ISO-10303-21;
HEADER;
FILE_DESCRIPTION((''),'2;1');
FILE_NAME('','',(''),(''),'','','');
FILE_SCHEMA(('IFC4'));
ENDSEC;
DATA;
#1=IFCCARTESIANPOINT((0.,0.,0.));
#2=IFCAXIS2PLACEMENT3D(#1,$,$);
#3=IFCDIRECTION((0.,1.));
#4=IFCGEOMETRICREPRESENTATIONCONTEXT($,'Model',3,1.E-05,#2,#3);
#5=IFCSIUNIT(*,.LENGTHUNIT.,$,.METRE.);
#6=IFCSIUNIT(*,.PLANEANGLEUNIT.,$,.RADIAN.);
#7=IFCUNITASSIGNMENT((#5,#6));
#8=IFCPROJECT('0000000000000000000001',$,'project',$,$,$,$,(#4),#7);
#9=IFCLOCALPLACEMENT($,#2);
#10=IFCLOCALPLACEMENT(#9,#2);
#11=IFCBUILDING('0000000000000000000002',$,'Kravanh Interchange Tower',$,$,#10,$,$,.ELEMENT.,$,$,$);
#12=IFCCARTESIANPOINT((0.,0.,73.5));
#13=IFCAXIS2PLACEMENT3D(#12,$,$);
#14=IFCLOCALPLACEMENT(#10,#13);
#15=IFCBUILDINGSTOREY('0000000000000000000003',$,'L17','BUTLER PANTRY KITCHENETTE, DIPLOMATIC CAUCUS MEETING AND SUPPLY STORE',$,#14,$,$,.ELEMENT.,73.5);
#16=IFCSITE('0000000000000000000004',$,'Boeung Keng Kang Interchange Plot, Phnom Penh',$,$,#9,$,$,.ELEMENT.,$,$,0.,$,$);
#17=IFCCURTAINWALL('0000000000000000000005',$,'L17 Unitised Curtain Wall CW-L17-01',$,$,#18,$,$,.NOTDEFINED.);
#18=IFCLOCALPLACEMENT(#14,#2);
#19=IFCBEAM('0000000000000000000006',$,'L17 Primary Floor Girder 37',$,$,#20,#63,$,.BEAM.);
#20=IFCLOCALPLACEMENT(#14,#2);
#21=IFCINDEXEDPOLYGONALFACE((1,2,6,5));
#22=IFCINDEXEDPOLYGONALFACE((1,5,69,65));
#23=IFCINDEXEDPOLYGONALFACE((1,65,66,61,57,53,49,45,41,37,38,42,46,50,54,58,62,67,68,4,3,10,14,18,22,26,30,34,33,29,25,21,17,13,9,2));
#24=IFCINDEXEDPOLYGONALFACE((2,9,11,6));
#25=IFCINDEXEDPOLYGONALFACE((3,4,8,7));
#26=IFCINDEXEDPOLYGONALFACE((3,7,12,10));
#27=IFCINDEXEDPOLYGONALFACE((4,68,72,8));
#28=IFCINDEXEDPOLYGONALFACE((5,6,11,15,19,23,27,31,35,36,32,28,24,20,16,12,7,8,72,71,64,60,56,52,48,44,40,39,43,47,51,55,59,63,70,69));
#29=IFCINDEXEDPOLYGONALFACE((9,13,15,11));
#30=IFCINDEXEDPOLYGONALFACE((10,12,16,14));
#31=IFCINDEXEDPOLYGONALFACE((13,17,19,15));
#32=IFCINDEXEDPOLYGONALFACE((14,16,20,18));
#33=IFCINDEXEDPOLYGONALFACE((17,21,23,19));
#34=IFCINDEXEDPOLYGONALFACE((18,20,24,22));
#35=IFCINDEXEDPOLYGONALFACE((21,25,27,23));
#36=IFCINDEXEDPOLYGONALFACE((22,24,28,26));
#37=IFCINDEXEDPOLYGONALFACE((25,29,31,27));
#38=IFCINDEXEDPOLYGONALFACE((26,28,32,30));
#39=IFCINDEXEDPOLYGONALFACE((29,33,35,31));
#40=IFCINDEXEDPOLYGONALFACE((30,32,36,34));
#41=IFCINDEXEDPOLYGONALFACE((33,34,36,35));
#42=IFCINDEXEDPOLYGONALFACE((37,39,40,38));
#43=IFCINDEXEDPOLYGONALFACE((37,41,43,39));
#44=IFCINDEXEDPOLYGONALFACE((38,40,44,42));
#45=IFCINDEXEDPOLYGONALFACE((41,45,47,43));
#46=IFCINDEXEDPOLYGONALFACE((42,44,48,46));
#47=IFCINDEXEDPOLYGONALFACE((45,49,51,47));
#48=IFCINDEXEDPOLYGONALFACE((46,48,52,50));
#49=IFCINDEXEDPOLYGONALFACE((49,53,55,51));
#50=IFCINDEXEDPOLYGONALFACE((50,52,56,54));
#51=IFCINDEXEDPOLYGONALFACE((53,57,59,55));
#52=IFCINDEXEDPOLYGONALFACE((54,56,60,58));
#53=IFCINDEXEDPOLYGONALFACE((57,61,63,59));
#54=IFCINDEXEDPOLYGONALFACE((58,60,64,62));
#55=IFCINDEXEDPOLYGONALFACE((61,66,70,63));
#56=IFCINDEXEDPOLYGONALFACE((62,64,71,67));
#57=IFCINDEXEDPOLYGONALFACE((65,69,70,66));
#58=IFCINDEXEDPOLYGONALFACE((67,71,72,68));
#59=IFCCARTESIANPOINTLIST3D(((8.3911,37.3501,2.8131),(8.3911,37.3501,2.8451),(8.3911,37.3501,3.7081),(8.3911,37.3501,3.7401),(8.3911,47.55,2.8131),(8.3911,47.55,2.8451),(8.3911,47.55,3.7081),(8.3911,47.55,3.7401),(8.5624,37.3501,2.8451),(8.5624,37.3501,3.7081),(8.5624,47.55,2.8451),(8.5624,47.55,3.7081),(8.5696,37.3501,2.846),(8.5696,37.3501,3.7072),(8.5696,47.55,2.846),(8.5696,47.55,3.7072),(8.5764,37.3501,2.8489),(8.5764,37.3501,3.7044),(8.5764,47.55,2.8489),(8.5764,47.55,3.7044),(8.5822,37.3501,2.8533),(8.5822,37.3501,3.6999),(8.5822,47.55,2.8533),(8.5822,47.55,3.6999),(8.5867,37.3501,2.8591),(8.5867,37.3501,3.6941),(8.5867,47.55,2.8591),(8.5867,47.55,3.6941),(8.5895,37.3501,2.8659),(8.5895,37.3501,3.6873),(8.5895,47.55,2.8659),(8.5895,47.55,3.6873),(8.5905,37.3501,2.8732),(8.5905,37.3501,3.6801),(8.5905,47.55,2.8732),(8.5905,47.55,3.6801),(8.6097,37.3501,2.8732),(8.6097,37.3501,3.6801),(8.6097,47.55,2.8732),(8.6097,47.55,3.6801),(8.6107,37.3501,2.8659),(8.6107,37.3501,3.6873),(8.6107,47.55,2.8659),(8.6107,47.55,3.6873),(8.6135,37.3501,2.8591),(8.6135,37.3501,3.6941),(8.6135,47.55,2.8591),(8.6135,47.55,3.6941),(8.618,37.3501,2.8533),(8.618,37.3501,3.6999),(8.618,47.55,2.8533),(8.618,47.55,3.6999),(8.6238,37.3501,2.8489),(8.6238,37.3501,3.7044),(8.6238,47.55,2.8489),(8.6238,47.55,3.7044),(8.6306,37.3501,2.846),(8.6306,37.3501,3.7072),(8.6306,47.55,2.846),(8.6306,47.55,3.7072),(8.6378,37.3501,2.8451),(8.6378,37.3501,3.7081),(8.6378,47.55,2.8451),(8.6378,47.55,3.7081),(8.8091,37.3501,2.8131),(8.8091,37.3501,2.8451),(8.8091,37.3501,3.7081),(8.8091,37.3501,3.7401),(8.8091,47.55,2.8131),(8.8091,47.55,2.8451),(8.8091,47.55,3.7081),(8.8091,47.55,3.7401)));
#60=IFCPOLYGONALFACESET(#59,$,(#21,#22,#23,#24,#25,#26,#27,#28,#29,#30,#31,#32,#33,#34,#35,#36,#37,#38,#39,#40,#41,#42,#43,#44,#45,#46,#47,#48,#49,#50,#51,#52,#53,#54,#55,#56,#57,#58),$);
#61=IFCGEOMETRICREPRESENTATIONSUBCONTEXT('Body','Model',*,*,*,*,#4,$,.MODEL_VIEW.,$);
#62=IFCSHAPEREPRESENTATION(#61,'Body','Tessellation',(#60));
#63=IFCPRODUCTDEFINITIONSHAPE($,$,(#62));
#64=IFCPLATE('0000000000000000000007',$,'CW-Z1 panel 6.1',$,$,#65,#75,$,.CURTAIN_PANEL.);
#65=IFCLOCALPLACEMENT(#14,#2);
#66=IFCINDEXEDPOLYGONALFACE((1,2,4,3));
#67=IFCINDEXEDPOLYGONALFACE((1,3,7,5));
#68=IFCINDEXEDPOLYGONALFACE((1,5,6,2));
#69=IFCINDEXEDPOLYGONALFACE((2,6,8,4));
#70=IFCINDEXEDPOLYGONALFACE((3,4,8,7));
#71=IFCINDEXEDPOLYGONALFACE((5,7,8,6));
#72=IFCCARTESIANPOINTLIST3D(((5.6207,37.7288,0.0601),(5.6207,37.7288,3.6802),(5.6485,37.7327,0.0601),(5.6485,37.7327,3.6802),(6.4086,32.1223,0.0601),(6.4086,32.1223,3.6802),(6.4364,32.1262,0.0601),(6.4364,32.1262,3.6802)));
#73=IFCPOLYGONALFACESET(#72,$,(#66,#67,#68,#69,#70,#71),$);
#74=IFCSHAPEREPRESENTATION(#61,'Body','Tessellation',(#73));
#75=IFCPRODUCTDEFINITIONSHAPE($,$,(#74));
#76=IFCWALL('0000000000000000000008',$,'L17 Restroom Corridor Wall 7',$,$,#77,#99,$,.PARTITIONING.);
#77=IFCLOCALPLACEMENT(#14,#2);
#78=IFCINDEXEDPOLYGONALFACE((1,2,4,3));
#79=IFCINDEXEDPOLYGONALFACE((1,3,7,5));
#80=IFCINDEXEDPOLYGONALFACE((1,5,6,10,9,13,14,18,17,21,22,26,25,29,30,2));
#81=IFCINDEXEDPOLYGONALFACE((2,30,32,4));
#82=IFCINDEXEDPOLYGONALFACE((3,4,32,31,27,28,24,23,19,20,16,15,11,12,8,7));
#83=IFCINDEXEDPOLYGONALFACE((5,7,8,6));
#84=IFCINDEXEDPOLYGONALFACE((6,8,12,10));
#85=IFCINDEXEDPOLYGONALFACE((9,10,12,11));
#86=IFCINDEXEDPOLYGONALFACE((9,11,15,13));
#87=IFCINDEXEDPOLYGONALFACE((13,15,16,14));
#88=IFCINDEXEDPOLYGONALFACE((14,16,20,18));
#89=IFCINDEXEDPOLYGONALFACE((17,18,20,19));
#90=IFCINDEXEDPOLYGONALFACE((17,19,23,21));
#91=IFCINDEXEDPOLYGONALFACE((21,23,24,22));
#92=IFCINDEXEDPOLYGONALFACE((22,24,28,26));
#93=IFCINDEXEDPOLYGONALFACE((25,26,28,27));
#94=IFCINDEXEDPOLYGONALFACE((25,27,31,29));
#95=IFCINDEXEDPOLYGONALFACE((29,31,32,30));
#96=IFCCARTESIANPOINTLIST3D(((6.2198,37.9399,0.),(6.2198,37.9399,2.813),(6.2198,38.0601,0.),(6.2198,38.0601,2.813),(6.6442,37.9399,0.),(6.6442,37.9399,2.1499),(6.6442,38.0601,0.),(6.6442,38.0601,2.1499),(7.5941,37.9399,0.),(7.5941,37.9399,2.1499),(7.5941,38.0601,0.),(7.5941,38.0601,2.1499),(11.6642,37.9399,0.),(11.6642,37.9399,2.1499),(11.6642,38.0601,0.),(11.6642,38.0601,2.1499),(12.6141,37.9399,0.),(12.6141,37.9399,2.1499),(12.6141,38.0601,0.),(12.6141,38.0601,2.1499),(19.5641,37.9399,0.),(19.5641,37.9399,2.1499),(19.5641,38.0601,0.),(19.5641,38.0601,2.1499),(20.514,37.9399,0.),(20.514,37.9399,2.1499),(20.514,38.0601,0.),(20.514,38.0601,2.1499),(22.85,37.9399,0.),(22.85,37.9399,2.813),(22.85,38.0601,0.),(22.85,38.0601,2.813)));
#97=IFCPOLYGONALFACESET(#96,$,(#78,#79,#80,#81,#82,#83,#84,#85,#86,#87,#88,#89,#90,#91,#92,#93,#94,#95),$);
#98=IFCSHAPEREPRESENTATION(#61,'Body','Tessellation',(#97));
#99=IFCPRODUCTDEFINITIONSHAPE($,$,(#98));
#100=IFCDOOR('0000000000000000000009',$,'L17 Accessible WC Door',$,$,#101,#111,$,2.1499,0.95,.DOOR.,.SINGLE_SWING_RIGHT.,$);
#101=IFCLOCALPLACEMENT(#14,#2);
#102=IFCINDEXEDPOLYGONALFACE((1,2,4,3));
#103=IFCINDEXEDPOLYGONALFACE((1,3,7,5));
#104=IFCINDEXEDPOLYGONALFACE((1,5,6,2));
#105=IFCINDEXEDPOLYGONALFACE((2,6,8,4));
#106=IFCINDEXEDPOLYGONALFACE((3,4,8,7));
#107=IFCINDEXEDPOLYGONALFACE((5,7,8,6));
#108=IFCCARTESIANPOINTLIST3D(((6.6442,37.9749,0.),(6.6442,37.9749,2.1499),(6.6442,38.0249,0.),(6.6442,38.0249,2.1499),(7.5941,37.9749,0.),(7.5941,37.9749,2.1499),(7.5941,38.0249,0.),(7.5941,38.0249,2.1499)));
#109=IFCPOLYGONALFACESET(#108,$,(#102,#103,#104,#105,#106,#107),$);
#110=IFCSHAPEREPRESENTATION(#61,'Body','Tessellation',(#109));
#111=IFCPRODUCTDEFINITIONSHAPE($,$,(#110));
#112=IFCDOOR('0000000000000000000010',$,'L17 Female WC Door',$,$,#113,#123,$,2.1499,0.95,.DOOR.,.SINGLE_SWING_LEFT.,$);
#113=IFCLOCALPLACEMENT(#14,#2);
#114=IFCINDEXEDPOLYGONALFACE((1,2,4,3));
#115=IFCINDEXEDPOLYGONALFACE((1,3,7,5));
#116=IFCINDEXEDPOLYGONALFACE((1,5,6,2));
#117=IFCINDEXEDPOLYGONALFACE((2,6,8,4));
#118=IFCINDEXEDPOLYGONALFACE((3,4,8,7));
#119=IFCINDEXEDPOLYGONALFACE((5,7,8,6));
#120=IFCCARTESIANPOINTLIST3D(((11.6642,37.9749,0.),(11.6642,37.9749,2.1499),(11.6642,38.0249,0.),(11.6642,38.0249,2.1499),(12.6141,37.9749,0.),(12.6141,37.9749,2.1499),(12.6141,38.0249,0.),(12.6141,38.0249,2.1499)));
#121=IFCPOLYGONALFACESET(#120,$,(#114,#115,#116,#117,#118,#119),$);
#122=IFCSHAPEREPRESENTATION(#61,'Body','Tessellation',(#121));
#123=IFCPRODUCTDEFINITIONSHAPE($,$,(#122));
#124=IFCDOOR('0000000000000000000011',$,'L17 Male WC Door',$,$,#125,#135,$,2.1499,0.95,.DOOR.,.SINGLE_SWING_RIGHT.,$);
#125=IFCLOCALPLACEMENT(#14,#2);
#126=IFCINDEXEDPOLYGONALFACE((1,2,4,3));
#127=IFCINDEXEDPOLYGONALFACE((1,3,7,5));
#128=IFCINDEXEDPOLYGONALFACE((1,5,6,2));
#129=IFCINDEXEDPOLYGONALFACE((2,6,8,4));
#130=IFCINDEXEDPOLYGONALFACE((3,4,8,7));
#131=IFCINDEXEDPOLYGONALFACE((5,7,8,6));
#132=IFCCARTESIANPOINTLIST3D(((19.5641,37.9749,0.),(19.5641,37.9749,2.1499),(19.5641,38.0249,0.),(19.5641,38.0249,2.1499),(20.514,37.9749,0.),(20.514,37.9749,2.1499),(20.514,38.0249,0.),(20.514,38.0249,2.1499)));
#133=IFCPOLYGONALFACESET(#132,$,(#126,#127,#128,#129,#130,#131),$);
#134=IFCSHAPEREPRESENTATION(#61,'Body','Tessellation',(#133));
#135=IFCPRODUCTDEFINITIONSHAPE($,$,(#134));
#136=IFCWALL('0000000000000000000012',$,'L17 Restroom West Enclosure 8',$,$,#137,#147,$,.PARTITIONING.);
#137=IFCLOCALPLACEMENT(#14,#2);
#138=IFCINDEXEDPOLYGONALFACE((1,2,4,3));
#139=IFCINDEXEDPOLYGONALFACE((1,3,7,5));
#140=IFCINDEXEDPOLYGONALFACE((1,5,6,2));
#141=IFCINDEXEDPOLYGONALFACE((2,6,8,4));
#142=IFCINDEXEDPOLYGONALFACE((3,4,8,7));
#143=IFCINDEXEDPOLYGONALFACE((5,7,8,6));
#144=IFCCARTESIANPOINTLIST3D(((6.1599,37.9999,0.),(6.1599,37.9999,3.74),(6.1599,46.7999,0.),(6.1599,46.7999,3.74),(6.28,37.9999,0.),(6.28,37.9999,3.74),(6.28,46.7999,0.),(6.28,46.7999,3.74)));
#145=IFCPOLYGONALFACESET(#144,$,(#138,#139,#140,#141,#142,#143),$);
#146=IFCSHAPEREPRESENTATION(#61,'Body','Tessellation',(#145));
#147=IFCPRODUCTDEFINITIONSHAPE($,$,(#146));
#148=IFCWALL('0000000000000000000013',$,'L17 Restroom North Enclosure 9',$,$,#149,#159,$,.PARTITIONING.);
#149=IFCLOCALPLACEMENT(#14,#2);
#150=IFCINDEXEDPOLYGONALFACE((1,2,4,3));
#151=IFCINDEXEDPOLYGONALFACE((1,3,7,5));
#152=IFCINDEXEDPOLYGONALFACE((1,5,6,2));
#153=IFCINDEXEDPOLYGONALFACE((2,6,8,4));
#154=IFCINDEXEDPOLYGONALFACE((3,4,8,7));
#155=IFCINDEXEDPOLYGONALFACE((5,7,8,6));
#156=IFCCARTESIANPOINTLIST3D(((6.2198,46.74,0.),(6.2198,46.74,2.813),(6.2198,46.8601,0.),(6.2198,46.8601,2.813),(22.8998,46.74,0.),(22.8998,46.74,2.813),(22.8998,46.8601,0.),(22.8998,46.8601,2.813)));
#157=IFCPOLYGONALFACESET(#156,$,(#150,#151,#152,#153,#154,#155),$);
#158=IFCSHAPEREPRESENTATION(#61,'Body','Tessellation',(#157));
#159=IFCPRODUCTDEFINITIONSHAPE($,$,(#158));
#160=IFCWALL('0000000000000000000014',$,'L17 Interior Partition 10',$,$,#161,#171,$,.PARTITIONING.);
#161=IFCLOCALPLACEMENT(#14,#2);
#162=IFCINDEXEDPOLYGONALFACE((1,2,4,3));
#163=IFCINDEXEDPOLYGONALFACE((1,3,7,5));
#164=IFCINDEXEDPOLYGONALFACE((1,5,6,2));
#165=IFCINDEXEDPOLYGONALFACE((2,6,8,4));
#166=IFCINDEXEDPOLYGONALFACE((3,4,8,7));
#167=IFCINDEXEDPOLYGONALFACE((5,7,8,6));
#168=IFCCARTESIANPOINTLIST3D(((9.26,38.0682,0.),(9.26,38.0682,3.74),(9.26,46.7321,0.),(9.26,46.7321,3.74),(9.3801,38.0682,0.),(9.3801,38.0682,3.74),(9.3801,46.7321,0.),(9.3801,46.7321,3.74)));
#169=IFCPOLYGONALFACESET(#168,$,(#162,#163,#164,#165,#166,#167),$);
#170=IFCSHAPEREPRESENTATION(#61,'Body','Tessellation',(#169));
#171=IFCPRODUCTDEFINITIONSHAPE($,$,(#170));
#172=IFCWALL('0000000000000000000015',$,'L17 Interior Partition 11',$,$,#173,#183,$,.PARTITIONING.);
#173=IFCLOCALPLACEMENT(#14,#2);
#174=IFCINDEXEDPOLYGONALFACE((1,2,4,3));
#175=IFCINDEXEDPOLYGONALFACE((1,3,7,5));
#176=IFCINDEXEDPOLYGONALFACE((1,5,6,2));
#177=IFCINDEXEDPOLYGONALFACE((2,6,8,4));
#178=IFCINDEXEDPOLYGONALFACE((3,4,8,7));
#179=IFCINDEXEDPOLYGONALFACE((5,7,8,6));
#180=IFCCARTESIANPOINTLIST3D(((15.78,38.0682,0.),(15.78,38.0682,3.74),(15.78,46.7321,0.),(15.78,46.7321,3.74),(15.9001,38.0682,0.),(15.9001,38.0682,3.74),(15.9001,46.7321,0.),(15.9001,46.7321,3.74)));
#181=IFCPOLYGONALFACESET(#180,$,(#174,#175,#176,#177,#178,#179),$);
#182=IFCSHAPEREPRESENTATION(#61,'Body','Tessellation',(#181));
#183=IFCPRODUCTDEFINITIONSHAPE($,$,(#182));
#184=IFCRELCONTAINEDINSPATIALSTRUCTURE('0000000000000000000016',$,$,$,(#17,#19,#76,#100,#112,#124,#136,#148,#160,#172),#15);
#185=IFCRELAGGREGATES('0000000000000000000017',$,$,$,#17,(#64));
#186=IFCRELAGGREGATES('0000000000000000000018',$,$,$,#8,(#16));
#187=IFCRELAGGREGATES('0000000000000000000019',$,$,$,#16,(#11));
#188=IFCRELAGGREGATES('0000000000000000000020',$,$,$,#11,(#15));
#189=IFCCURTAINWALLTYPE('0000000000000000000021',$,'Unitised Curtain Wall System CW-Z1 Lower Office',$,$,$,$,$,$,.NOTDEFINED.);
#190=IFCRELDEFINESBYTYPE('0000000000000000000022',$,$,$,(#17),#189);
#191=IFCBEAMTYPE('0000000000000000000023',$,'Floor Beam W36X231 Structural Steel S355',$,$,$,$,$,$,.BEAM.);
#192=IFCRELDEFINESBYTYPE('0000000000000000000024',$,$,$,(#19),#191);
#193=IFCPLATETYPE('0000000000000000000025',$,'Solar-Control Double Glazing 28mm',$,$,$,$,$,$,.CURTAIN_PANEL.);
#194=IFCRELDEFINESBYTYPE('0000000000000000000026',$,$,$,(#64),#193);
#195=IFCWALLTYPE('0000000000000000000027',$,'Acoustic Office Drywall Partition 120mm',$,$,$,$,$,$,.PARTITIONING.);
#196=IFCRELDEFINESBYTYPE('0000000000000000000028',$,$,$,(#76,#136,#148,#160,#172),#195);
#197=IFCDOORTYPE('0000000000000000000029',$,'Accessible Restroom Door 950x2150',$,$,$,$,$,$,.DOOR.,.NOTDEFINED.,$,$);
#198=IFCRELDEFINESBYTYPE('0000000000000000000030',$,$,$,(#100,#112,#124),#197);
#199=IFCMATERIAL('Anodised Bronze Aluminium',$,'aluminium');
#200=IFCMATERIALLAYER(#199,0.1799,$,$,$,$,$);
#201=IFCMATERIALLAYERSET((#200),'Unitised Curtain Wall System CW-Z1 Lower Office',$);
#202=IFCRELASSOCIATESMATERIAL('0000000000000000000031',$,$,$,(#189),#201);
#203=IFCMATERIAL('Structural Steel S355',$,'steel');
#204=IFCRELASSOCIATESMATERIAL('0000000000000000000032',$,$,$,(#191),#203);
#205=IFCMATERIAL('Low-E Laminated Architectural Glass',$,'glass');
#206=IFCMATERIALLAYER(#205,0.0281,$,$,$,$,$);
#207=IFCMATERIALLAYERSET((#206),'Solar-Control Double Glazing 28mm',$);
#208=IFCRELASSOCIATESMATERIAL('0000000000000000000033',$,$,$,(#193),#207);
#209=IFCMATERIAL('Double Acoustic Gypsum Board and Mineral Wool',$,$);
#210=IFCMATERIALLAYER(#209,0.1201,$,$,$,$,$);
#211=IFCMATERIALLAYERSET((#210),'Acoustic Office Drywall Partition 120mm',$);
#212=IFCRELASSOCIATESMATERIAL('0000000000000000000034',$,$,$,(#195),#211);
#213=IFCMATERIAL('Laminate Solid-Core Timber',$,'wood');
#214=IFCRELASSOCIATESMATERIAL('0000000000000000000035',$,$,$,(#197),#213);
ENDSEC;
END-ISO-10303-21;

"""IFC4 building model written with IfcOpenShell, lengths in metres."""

from ifc_helpers import new_model, si_unit, direction, frame, frame_2d, origin, origin_2d, place, context, subcontext, project, spatial, rectangle, i_section, extrude, material, layer, layer_set, material_profile, profile_set, type_object, element, fill, aggregate, save


model = new_model("IFC4")

# Units and contexts
model_context = context("Model", 3, precision=1e-05, world=origin(), true_north=direction((0.0, 1.0)))
body_context = subcontext(model_context, "Body", "Model", "MODEL_VIEW")
ifc_project = project(units=[si_unit("LENGTHUNIT", "METRE"), si_unit("PLANEANGLEUNIT", "RADIAN")], contexts=[model_context])

# Site, building, storey
site_placement = place(None, origin())
site = spatial("IfcSite", under=ifc_project, at=site_placement, Name="Boeung Keng Kang Interchange Plot, Phnom Penh", CompositionType="ELEMENT", RefElevation=0.0)
building_placement = place(site_placement, origin())
building = spatial("IfcBuilding", under=site, at=building_placement, Name="Kravanh Interchange Tower", CompositionType="ELEMENT")
storey_placement = place(building_placement, frame((0.0, 0.0, 73.5)))
storey = spatial("IfcBuildingStorey", under=building, at=storey_placement, Name="L17", Description="BUTLER PANTRY KITCHENETTE, DIPLOMATIC CAUCUS MEETING AND SUPPLY STORE", CompositionType="ELEMENT", Elevation=73.5)

# Curtain wall
ifc_material_1 = material(Name="Anodised Bronze Aluminium", Category="aluminium")
ifc_layer_1 = layer(ifc_material_1, 0.1799)
ifc_layer_set_1 = layer_set([ifc_layer_1], Name="Unitised Curtain Wall System CW-Z1 Lower Office")
curtain_wall_type = type_object("IfcCurtainWallType", Name="Unitised Curtain Wall System CW-Z1 Lower Office", PredefinedType="NOTDEFINED", material=ifc_layer_set_1)
curtain_wall_placement = place(storey_placement, origin())
curtain_wall = element("IfcCurtainWall", 1, at=curtain_wall_placement, inside=storey, type_object=curtain_wall_type, Name="L17 Unitised Curtain Wall CW-L17-01", PredefinedType="NOTDEFINED")

# Beam
ifc_material_2 = material(Name="Structural Steel S355", Category="steel")
ifc_material_profile_1 = material_profile(ifc_material_2, i_section(OverallWidth=0.418, OverallDepth=0.927, WebThickness=0.0193, FlangeThickness=0.032, FilletRadius=0.0281, at=origin_2d()), Name="W36X231")
ifc_profile_set_1 = profile_set([ifc_material_profile_1], Name="Structural Steel S355")
beam_type = type_object("IfcBeamType", Name="Floor Beam W36X231 Structural Steel S355", PredefinedType="BEAM", material=ifc_profile_set_1)
beam_1_placement = place(storey_placement, frame((8.6001, 37.3501, 3.2766), z_axis=(0.0, 1.0, 0.0), x_axis=(-1.0, 0.0, 0.0)))
element("IfcBeam", 2, at=beam_1_placement, inside=storey, type_object=beam_type, Name="L17 Primary Floor Girder 37", PredefinedType="BEAM", context=body_context, shape_type="SweptSolid", body=[
    extrude(i_section(OverallWidth=0.418, OverallDepth=0.927, WebThickness=0.0193, FlangeThickness=0.032, FilletRadius=0.0281, at=origin_2d()), origin(), (0.0, 0.0, 1.0), 10.2),
])

# Plate
ifc_material_3 = material(Name="Low-E Laminated Architectural Glass", Category="glass")
ifc_layer_2 = layer(ifc_material_3, 0.0281)
ifc_layer_set_2 = layer_set([ifc_layer_2], Name="Solar-Control Double Glazing 28mm")
plate_type = type_object("IfcPlateType", Name="Solar-Control Double Glazing 28mm", PredefinedType="CURTAIN_PANEL", material=ifc_layer_set_2)
plate_placement = place(storey_placement, frame((6.0286, 34.9275, 0.0601), z_axis=(0.0, 0.0, 1.0), x_axis=(-0.139177, 0.990268, 0.0)))
plate = element("IfcPlate", 3, at=plate_placement, type_object=plate_type, Name="CW-Z1 panel 6.1", PredefinedType="CURTAIN_PANEL", context=body_context, shape_type="SweptSolid", body=[
    extrude(rectangle(XDim=5.6616, YDim=0.0281, at=origin_2d()), origin(), (0.0, 0.0, 1.0), 3.6201),
])
aggregate(curtain_wall, [plate])

# Wall, openings, doors
ifc_material_4 = material(Name="Double Acoustic Gypsum Board and Mineral Wool")
ifc_layer_3 = layer(ifc_material_4, 0.1201)
ifc_layer_set_3 = layer_set([ifc_layer_3], Name="Acoustic Office Drywall Partition 120mm")
wall_type_1 = type_object("IfcWallType", Name="Acoustic Office Drywall Partition 120mm", PredefinedType="PARTITIONING", material=ifc_layer_set_3)
wall_1_placement = place(storey_placement, frame((6.22, 38.0, 0.0), z_axis=(0.0, 0.0, 1.0), x_axis=(1.0, 0.0, 0.0)))
wall_1 = element("IfcWall", 4, at=wall_1_placement, inside=storey, type_object=wall_type_1, Name="L17 Restroom Corridor Wall 7", PredefinedType="PARTITIONING", context=body_context, shape_type="SweptSolid", body=[
    extrude(rectangle(XDim=16.6301, YDim=0.1201, at=frame_2d((8.3149, 0.0))), origin(), (0.0, 0.0, 1.0), 2.813),
])
opening_1_placement = place(wall_1_placement, frame((0.4241, 0.0, 0.0)))
opening_1 = element("IfcOpeningElement", 5, at=opening_1_placement, cuts=wall_1, PredefinedType="OPENING", context=body_context, shape_type="SweptSolid", body=[
    extrude(rectangle(XDim=0.95, YDim=2.1499, at=frame_2d((0.4751, 1.075))), frame((0.0, 0.0701, 0.0), z_axis=(0.0, -1.0, 0.0), x_axis=(1.0, 0.0, 0.0)), (0.0, 0.0, 1.0), 0.1401),
])
opening_2_placement = place(wall_1_placement, frame((5.4441, 0.0, 0.0)))
opening_2 = element("IfcOpeningElement", 6, at=opening_2_placement, cuts=wall_1, PredefinedType="OPENING", context=body_context, shape_type="SweptSolid", body=[
    extrude(rectangle(XDim=0.95, YDim=2.1499, at=frame_2d((0.4751, 1.075))), frame((0.0, 0.0701, 0.0), z_axis=(0.0, -1.0, 0.0), x_axis=(1.0, 0.0, 0.0)), (0.0, 0.0, 1.0), 0.1401),
])
opening_3_placement = place(wall_1_placement, frame((13.344, 0.0, 0.0)))
opening_3 = element("IfcOpeningElement", 7, at=opening_3_placement, cuts=wall_1, PredefinedType="OPENING", context=body_context, shape_type="SweptSolid", body=[
    extrude(rectangle(XDim=0.95, YDim=2.1499, at=frame_2d((0.4751, 1.075))), frame((0.0, 0.0701, 0.0), z_axis=(0.0, -1.0, 0.0), x_axis=(1.0, 0.0, 0.0)), (0.0, 0.0, 1.0), 0.1401),
])
ifc_material_5 = material(Name="Laminate Solid-Core Timber", Category="wood")
door_type = type_object("IfcDoorType", Name="Accessible Restroom Door 950x2150", OperationType="NOTDEFINED", PredefinedType="DOOR", material=ifc_material_5)
door_1_placement = place(opening_1_placement, origin())
door_1 = element("IfcDoor", 8, at=door_1_placement, inside=storey, type_object=door_type, Name="L17 Accessible WC Door", OperationType="SINGLE_SWING_RIGHT", OverallHeight=2.1499, OverallWidth=0.95, PredefinedType="DOOR", context=body_context, shape_type="SweptSolid", body=[
    extrude(rectangle(XDim=0.95, YDim=2.1499, at=frame_2d((0.4751, 1.075))), frame((0.0, 0.0249, 0.0), z_axis=(0.0, -1.0, 0.0), x_axis=(1.0, 0.0, 0.0)), (0.0, 0.0, 1.0), 0.05),
])
fill(opening_1, door_1)
door_2_placement = place(opening_2_placement, origin())
door_2 = element("IfcDoor", 9, at=door_2_placement, inside=storey, type_object=door_type, Name="L17 Female WC Door", OperationType="SINGLE_SWING_LEFT", OverallHeight=2.1499, OverallWidth=0.95, PredefinedType="DOOR", context=body_context, shape_type="SweptSolid", body=[
    extrude(rectangle(XDim=0.95, YDim=2.1499, at=frame_2d((0.4751, 1.075))), frame((0.0, 0.0249, 0.0), z_axis=(0.0, -1.0, 0.0), x_axis=(1.0, 0.0, 0.0)), (0.0, 0.0, 1.0), 0.05),
])
fill(opening_2, door_2)
door_3_placement = place(opening_3_placement, origin())
door_3 = element("IfcDoor", 10, at=door_3_placement, inside=storey, type_object=door_type, Name="L17 Male WC Door", OperationType="SINGLE_SWING_RIGHT", OverallHeight=2.1499, OverallWidth=0.95, PredefinedType="DOOR", context=body_context, shape_type="SweptSolid", body=[
    extrude(rectangle(XDim=0.95, YDim=2.1499, at=frame_2d((0.4751, 1.075))), frame((0.0, 0.0249, 0.0), z_axis=(0.0, -1.0, 0.0), x_axis=(1.0, 0.0, 0.0)), (0.0, 0.0, 1.0), 0.05),
])
fill(opening_3, door_3)

# Walls
wall_2_placement = place(storey_placement, frame((6.22, 38.0, 0.0), z_axis=(0.0, 0.0, 1.0), x_axis=(0.0, 1.0, 0.0)))
element("IfcWall", 11, at=wall_2_placement, inside=storey, type_object=wall_type_1, Name="L17 Restroom West Enclosure 8", PredefinedType="PARTITIONING", context=body_context, shape_type="SweptSolid", body=[
    extrude(rectangle(XDim=8.8, YDim=0.1201, at=frame_2d((4.3999, 0.0))), origin(), (0.0, 0.0, 1.0), 3.74),
])
wall_3_placement = place(storey_placement, frame((6.22, 46.8, 0.0), z_axis=(0.0, 0.0, 1.0), x_axis=(1.0, 0.0, 0.0)))
element("IfcWall", 12, at=wall_3_placement, inside=storey, type_object=wall_type_1, Name="L17 Restroom North Enclosure 9", PredefinedType="PARTITIONING", context=body_context, shape_type="SweptSolid", body=[
    extrude(rectangle(XDim=16.6799, YDim=0.1201, at=frame_2d((8.3398, 0.0))), origin(), (0.0, 0.0, 1.0), 2.813),
])
for number, where, z_axis, x_axis, name in (
    (13, (9.3201, 38.0681, 0.0), (0.0, 0.0, 1.0), (0.0, 1.0, 0.0), "L17 Interior Partition 10"),
    (14, (15.8401, 38.0681, 0.0), (0.0, 0.0, 1.0), (0.0, 1.0, 0.0), "L17 Interior Partition 11"),
):
    element("IfcWall", number, at=place(storey_placement, frame(where, z_axis=z_axis, x_axis=x_axis)), inside=storey, type_object=wall_type_1, Name=name, PredefinedType="PARTITIONING", context=body_context, shape_type="SweptSolid", body=[
        extrude(rectangle(XDim=8.6638, YDim=0.1201, at=frame_2d((4.332, 0.0))), origin(), (0.0, 0.0, 1.0), 3.74),
    ])

save(model, "model.ifc")
